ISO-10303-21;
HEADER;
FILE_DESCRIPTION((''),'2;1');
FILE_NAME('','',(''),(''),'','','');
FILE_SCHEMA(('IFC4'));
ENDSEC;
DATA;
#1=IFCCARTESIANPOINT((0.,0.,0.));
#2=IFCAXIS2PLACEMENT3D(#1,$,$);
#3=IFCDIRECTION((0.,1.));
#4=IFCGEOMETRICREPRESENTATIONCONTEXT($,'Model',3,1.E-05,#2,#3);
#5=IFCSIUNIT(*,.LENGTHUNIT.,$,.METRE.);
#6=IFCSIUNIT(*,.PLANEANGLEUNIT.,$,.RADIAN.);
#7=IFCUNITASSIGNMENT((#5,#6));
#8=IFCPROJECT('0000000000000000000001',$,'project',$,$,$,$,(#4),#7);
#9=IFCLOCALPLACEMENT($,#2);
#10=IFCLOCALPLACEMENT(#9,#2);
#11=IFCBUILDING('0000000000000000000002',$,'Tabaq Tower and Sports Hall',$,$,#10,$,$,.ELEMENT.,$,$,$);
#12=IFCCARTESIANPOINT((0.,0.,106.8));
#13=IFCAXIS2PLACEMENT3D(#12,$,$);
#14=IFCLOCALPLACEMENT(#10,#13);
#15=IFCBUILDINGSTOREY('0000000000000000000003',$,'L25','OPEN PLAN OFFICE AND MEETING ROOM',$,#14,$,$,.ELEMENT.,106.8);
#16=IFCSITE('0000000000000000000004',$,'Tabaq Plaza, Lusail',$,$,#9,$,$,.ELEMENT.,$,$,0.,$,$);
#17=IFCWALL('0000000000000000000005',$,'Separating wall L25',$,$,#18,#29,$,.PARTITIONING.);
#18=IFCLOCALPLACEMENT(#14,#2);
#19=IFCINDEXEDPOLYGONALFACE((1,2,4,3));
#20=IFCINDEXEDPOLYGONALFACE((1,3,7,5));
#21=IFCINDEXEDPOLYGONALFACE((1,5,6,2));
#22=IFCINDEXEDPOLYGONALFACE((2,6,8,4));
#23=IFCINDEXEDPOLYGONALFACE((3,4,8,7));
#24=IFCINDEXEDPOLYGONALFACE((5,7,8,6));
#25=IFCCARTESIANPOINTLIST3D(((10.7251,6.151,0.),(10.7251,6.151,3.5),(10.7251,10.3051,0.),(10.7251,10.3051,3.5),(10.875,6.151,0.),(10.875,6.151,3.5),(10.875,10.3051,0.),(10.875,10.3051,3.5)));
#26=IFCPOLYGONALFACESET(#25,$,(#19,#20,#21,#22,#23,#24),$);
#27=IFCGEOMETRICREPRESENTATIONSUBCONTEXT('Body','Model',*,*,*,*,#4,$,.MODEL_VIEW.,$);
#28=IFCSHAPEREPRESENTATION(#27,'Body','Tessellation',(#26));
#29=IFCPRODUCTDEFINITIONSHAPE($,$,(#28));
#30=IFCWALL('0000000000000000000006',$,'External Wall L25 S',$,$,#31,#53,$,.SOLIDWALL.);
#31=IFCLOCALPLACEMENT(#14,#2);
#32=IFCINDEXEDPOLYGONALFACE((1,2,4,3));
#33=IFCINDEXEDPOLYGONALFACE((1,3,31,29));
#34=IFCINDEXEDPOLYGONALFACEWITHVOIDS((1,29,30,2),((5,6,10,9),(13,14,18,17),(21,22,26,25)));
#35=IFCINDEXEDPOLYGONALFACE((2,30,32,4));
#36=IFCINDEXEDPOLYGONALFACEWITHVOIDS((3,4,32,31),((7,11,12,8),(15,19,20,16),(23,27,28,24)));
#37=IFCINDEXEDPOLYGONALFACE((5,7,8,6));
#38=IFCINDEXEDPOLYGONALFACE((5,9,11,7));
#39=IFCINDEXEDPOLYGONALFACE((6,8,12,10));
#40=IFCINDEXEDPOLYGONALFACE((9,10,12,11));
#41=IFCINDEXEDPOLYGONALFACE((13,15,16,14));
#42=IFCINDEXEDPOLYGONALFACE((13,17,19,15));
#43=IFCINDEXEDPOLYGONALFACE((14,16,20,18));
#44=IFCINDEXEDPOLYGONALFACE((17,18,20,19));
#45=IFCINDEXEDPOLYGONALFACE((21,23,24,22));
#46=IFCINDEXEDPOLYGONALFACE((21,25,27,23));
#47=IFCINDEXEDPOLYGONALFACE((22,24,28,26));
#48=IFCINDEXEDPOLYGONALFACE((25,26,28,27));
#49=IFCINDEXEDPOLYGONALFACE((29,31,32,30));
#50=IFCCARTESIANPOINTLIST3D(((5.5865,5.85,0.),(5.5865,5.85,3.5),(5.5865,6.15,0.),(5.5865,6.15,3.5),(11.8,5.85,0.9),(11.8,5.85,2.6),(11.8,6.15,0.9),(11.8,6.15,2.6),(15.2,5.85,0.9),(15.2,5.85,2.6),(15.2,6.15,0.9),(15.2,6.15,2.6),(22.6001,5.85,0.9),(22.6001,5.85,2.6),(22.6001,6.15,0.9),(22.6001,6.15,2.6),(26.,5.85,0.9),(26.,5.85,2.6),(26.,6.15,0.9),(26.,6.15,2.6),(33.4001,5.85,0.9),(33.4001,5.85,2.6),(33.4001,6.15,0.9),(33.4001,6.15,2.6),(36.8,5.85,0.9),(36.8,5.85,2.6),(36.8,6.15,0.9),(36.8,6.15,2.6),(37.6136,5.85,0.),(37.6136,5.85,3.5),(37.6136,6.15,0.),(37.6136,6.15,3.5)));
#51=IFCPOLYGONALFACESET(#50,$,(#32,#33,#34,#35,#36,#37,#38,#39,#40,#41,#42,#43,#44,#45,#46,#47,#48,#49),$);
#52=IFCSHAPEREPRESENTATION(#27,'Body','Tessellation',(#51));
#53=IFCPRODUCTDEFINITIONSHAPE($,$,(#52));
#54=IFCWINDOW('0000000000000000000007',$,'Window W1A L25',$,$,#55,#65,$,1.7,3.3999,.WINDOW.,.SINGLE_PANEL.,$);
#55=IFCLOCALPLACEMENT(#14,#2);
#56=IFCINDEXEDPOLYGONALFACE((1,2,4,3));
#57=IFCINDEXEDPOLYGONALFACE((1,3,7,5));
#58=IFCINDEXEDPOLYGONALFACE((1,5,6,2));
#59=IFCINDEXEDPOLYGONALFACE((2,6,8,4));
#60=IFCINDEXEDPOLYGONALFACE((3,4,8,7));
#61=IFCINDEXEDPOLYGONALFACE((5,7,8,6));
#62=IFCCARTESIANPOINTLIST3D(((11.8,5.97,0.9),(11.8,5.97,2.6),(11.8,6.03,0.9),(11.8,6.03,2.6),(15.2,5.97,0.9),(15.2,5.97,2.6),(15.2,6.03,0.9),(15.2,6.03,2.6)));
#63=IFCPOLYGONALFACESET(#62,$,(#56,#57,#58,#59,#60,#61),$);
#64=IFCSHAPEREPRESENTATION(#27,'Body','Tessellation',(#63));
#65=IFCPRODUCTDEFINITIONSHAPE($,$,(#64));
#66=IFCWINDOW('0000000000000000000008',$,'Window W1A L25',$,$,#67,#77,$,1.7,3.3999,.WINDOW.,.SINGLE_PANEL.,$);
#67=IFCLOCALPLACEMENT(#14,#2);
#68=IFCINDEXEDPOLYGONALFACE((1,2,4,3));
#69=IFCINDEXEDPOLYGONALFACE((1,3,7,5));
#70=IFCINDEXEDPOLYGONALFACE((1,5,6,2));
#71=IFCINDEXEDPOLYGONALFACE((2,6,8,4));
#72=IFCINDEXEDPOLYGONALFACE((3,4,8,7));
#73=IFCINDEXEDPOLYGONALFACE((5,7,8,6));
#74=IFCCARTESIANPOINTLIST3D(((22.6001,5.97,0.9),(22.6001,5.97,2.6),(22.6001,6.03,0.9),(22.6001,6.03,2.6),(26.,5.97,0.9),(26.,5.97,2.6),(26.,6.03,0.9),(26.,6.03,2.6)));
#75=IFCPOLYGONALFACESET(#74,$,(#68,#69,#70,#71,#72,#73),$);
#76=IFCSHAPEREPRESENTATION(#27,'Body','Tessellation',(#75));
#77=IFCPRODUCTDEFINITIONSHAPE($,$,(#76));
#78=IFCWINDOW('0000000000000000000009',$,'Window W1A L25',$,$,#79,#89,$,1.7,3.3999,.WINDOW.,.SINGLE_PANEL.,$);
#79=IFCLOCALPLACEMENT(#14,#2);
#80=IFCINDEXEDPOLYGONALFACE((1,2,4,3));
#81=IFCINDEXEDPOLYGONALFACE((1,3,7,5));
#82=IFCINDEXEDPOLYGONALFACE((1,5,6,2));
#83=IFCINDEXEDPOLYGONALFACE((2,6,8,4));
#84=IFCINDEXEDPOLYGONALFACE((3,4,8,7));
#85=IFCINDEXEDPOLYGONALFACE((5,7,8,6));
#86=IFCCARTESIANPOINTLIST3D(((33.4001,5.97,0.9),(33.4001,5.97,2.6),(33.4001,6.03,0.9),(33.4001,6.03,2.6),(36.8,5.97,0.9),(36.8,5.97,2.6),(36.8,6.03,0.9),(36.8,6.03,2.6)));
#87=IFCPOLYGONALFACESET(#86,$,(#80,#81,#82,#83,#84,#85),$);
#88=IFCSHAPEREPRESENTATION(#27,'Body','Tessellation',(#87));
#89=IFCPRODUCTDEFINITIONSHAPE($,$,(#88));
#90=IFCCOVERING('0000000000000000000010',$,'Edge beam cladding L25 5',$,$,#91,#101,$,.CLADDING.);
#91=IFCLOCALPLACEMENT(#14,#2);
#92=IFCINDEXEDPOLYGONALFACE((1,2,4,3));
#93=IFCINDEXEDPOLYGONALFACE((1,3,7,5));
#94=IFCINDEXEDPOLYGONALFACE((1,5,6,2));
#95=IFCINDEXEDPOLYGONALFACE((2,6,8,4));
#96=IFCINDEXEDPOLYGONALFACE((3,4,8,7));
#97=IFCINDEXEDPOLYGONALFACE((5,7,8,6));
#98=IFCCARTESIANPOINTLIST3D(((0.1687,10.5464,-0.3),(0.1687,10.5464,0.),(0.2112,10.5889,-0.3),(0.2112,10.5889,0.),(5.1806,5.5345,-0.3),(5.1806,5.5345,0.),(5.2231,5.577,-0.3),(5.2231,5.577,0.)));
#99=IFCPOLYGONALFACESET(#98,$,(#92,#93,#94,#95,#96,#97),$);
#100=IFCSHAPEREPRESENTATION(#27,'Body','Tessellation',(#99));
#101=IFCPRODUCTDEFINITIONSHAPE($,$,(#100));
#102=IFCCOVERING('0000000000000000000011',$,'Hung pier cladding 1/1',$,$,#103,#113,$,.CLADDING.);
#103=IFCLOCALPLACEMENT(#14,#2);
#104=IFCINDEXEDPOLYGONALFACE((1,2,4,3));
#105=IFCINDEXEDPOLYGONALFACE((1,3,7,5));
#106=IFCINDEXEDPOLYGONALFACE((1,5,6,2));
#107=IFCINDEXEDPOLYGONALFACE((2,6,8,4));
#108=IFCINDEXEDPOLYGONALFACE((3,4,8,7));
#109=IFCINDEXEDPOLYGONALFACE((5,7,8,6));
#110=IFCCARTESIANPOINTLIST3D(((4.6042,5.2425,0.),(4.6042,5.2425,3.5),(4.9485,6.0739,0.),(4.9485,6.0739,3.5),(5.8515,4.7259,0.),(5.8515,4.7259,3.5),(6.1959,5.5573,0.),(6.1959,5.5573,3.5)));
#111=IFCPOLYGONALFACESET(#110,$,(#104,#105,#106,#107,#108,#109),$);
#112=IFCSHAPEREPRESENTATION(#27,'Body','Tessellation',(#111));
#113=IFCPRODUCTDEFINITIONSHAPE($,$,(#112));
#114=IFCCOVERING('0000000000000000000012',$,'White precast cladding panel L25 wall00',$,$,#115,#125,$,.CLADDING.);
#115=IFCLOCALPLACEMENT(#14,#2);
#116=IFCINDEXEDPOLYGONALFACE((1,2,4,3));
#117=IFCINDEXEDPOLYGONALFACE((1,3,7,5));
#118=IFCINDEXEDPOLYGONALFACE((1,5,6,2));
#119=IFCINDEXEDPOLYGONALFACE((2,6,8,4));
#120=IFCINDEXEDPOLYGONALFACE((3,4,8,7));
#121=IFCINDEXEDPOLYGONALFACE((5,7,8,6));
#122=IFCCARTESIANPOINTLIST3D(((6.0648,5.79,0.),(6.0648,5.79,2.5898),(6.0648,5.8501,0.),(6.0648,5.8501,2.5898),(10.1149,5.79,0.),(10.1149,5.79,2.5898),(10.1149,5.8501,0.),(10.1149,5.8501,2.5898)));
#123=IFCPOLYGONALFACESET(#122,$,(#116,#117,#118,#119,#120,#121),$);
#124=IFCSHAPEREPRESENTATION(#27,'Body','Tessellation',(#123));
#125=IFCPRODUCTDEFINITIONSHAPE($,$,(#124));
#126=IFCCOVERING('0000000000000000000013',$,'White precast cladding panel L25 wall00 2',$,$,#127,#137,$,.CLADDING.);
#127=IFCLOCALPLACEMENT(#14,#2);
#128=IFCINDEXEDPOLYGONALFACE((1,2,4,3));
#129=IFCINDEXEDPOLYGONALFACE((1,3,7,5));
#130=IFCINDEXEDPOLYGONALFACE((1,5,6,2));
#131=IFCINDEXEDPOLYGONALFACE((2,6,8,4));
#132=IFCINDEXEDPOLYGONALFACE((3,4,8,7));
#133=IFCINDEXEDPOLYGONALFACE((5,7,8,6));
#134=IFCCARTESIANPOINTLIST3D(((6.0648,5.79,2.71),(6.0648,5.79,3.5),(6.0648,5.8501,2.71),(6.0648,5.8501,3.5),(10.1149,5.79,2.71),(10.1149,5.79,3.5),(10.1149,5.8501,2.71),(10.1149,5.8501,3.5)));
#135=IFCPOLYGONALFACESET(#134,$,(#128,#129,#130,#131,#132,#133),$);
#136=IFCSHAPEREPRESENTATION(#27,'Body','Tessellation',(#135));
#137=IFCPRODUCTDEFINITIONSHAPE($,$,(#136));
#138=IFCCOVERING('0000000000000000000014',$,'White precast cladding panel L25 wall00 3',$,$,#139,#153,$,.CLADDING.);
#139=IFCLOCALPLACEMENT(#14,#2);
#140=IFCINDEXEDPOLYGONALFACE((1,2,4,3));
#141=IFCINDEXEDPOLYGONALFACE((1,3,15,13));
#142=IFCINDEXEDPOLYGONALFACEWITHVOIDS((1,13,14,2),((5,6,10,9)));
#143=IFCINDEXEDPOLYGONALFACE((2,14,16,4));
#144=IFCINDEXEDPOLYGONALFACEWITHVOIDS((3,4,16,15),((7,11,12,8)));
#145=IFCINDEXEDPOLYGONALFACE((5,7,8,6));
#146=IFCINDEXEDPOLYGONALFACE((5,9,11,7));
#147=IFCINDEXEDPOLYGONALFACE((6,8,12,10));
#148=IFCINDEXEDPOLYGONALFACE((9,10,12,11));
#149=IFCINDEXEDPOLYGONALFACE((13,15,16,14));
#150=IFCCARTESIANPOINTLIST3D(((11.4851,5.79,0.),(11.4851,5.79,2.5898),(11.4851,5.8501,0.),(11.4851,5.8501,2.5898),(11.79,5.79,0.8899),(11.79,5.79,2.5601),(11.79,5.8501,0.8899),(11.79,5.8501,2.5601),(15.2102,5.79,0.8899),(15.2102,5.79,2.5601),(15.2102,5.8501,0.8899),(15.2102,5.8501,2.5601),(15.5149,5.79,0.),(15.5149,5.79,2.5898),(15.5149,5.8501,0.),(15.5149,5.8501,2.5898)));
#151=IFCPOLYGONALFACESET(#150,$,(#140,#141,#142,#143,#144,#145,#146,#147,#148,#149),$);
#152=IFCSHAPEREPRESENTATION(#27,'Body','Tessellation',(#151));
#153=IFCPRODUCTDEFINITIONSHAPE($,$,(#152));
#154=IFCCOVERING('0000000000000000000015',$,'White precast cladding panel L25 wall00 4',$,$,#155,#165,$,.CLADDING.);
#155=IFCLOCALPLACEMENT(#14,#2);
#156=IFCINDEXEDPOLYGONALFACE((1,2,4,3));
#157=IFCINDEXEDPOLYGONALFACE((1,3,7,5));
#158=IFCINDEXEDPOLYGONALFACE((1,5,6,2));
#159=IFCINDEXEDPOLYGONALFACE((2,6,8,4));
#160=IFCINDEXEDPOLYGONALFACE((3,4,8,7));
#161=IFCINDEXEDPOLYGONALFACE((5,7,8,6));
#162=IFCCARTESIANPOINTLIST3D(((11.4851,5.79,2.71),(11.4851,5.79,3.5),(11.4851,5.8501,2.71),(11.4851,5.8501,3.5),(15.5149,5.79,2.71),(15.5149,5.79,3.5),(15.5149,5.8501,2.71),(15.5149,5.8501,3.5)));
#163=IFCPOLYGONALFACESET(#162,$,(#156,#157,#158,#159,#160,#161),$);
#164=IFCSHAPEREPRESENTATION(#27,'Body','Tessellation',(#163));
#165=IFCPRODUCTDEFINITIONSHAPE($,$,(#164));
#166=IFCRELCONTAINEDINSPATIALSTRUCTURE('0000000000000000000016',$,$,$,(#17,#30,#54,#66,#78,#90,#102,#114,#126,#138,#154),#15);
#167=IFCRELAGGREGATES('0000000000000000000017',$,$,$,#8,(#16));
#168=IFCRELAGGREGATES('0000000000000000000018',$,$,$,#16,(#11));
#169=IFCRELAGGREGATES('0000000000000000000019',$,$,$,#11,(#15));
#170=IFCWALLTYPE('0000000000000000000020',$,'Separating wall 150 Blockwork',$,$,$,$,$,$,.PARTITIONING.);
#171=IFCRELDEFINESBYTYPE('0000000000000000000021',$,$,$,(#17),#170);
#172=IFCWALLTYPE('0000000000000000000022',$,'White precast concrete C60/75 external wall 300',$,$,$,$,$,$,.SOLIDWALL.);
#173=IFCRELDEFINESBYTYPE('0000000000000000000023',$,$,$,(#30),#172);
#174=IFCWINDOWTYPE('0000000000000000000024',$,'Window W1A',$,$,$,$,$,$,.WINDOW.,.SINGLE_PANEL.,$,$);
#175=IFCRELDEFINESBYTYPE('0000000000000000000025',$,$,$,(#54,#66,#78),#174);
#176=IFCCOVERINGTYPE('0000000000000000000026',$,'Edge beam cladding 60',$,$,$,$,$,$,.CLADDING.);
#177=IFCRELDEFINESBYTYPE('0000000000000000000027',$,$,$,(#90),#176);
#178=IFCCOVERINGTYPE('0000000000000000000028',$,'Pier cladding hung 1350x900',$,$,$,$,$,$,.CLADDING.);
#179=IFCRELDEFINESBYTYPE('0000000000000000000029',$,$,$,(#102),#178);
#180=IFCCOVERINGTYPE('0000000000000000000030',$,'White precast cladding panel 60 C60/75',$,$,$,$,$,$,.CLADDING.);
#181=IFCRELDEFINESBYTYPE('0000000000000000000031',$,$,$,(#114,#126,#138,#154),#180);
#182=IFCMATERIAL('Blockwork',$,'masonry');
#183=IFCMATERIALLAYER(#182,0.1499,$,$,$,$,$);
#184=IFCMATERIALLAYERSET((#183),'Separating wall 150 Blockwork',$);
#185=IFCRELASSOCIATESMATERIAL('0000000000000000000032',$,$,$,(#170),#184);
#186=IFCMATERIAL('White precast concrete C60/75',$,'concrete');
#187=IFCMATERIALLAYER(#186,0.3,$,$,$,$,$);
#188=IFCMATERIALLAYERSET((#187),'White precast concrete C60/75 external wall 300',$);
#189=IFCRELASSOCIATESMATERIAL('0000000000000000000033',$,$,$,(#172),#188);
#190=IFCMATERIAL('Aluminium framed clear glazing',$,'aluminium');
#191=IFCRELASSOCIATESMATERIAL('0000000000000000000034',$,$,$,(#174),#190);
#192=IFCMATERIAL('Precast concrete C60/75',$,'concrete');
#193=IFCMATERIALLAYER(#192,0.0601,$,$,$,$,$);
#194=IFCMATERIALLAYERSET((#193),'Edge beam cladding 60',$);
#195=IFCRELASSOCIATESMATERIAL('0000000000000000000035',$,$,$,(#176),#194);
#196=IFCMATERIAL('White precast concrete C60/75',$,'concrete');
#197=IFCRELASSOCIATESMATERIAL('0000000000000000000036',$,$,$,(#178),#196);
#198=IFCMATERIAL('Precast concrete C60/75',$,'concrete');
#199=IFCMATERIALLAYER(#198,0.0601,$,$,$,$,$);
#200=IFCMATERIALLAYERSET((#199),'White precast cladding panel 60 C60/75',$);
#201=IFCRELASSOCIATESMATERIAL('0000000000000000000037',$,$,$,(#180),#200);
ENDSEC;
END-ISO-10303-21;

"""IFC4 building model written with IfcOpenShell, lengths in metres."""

from ifc_helpers import new_model, si_unit, direction, frame, frame_2d, origin, place, context, subcontext, project, spatial, polyline, rectangle, outline, extrude, material, layer, layer_set, type_object, element, fill, save


model = new_model("IFC4")

# Units and contexts
model_context = context("Model", 3, precision=1e-05, world=origin(), true_north=direction((0.0, 1.0)))
body_context = subcontext(model_context, "Body", "Model", "MODEL_VIEW")
ifc_project = project(units=[si_unit("LENGTHUNIT", "METRE"), si_unit("PLANEANGLEUNIT", "RADIAN")], contexts=[model_context])

# Site, building, storey
site_placement = place(None, origin())
site = spatial("IfcSite", under=ifc_project, at=site_placement, Name="Tabaq Plaza, Lusail", CompositionType="ELEMENT", RefElevation=0.0)
building_placement = place(site_placement, origin())
building = spatial("IfcBuilding", under=site, at=building_placement, Name="Tabaq Tower and Sports Hall", CompositionType="ELEMENT")
storey_placement = place(building_placement, frame((0.0, 0.0, 106.8)))
storey = spatial("IfcBuildingStorey", under=building, at=storey_placement, Name="L25", Description="OPEN PLAN OFFICE AND MEETING ROOM", CompositionType="ELEMENT", Elevation=106.8)

# Wall
ifc_material_1 = material(Name="Blockwork", Category="masonry")
ifc_layer_1 = layer(ifc_material_1, 0.1499)
ifc_layer_set_1 = layer_set([ifc_layer_1], Name="Separating wall 150 Blockwork")
wall_type_1 = type_object("IfcWallType", Name="Separating wall 150 Blockwork", PredefinedType="PARTITIONING", material=ifc_layer_set_1)
wall_1_placement = place(storey_placement, frame((10.8, 6.1509, 0.0), z_axis=(0.0, 0.0, 1.0), x_axis=(0.0, 1.0, 0.0)))
element("IfcWall", 1, at=wall_1_placement, inside=storey, type_object=wall_type_1, Name="Separating wall L25", PredefinedType="PARTITIONING", context=body_context, shape_type="SweptSolid", body=[
    extrude(rectangle(XDim=4.1541, YDim=0.1499, at=frame_2d((2.0771, 0.0))), origin(), (0.0, 0.0, 1.0), 3.5),
])

# Wall, openings, windows
ifc_material_2 = material(Name="White precast concrete C60/75", Category="concrete")
ifc_layer_2 = layer(ifc_material_2, 0.3)
ifc_layer_set_2 = layer_set([ifc_layer_2], Name="White precast concrete C60/75 external wall 300")
wall_type_2 = type_object("IfcWallType", Name="White precast concrete C60/75 external wall 300", PredefinedType="SOLIDWALL", material=ifc_layer_set_2)
wall_2_placement = place(storey_placement, frame((5.5864, 6.0, 0.0), z_axis=(0.0, 0.0, 1.0), x_axis=(1.0, 0.0, 0.0)))
wall_2 = element("IfcWall", 2, at=wall_2_placement, inside=storey, type_object=wall_type_2, Name="External Wall L25 S", PredefinedType="SOLIDWALL", context=body_context, shape_type="SweptSolid", body=[
    extrude(rectangle(XDim=32.0271, YDim=0.3, at=frame_2d((16.0137, 0.0))), origin(), (0.0, 0.0, 1.0), 3.5),
])
opening_1_placement = place(wall_2_placement, frame((6.2136, 0.0, 0.8999)))
opening_1 = element("IfcOpeningElement", 3, at=opening_1_placement, cuts=wall_2, PredefinedType="OPENING", context=body_context, shape_type="SweptSolid", body=[
    extrude(rectangle(XDim=3.3999, YDim=1.7, at=frame_2d((1.7, 0.8501))), frame((0.0, 0.1602, 0.0), z_axis=(0.0, -1.0, 0.0), x_axis=(1.0, 0.0, 0.0)), (0.0, 0.0, 1.0), 0.3201),
])
opening_2_placement = place(wall_2_placement, frame((17.0137, 0.0, 0.8999)))
opening_2 = element("IfcOpeningElement", 4, at=opening_2_placement, cuts=wall_2, PredefinedType="OPENING", context=body_context, shape_type="SweptSolid", body=[
    extrude(rectangle(XDim=3.3999, YDim=1.7, at=frame_2d((1.7, 0.8501))), frame((0.0, 0.1602, 0.0), z_axis=(0.0, -1.0, 0.0), x_axis=(1.0, 0.0, 0.0)), (0.0, 0.0, 1.0), 0.3201),
])
opening_3_placement = place(wall_2_placement, frame((27.8137, 0.0, 0.8999)))
opening_3 = element("IfcOpeningElement", 5, at=opening_3_placement, cuts=wall_2, PredefinedType="OPENING", context=body_context, shape_type="SweptSolid", body=[
    extrude(rectangle(XDim=3.3999, YDim=1.7, at=frame_2d((1.7, 0.8501))), frame((0.0, 0.1602, 0.0), z_axis=(0.0, -1.0, 0.0), x_axis=(1.0, 0.0, 0.0)), (0.0, 0.0, 1.0), 0.3201),
])
ifc_material_3 = material(Name="Aluminium framed clear glazing", Category="aluminium")
window_type = type_object("IfcWindowType", Name="Window W1A", PartitioningType="SINGLE_PANEL", PredefinedType="WINDOW", material=ifc_material_3)
window_1_placement = place(opening_1_placement, origin())
window_1 = element("IfcWindow", 6, at=window_1_placement, inside=storey, type_object=window_type, Name="Window W1A L25", OverallHeight=1.7, OverallWidth=3.3999, PartitioningType="SINGLE_PANEL", PredefinedType="WINDOW", context=body_context, shape_type="SweptSolid", body=[
    extrude(rectangle(XDim=3.3999, YDim=1.7, at=frame_2d((1.7, 0.8501))), frame((0.0, 0.03, 0.0), z_axis=(0.0, -1.0, 0.0), x_axis=(1.0, 0.0, 0.0)), (0.0, 0.0, 1.0), 0.0601),
])
fill(opening_1, window_1)
window_2_placement = place(opening_2_placement, origin())
window_2 = element("IfcWindow", 7, at=window_2_placement, inside=storey, type_object=window_type, Name="Window W1A L25", OverallHeight=1.7, OverallWidth=3.3999, PartitioningType="SINGLE_PANEL", PredefinedType="WINDOW", context=body_context, shape_type="SweptSolid", body=[
    extrude(rectangle(XDim=3.3999, YDim=1.7, at=frame_2d((1.7, 0.8501))), frame((0.0, 0.03, 0.0), z_axis=(0.0, -1.0, 0.0), x_axis=(1.0, 0.0, 0.0)), (0.0, 0.0, 1.0), 0.0601),
])
fill(opening_2, window_2)
window_3_placement = place(opening_3_placement, origin())
window_3 = element("IfcWindow", 8, at=window_3_placement, inside=storey, type_object=window_type, Name="Window W1A L25", OverallHeight=1.7, OverallWidth=3.3999, PartitioningType="SINGLE_PANEL", PredefinedType="WINDOW", context=body_context, shape_type="SweptSolid", body=[
    extrude(rectangle(XDim=3.3999, YDim=1.7, at=frame_2d((1.7, 0.8501))), frame((0.0, 0.03, 0.0), z_axis=(0.0, -1.0, 0.0), x_axis=(1.0, 0.0, 0.0)), (0.0, 0.0, 1.0), 0.0601),
])
fill(opening_3, window_3)

# Coverings
ifc_material_4 = material(Name="Precast concrete C60/75", Category="concrete")
ifc_layer_3 = layer(ifc_material_4, 0.0601)
ifc_layer_set_3 = layer_set([ifc_layer_3], Name="Edge beam cladding 60")
covering_type_1 = type_object("IfcCoveringType", Name="Edge beam cladding 60", PredefinedType="CLADDING", material=ifc_layer_set_3)
covering_1_placement = place(storey_placement, frame((0.1899, 10.5676, -0.3), z_axis=(0.0, 0.0, 1.0), x_axis=(0.707107, -0.707107, 0.0)))
element("IfcCovering", 9, at=covering_1_placement, inside=storey, type_object=covering_type_1, Name="Edge beam cladding L25 5", PredefinedType="CLADDING", context=body_context, shape_type="SweptSolid", body=[
    extrude(rectangle(XDim=7.0879, YDim=0.0601, at=frame_2d((3.5439, 0.0))), origin(), (0.0, 0.0, 1.0), 0.3),
])
ifc_material_5 = material(Name="White precast concrete C60/75", Category="concrete")
covering_type_2 = type_object("IfcCoveringType", Name="Pier cladding hung 1350x900", PredefinedType="CLADDING", material=ifc_material_5)
covering_2_placement = place(storey_placement, frame((4.7764, 5.6582, 0.0), z_axis=(0.0, 0.0, 1.0), x_axis=(0.923893, -0.38265, 0.0)))
element("IfcCovering", 10, at=covering_2_placement, inside=storey, type_object=covering_type_2, Name="Hung pier cladding 1/1", PredefinedType="CLADDING", context=body_context, shape_type="SweptSolid", body=[
    extrude(rectangle(XDim=1.3501, YDim=0.8999, at=frame_2d((0.675, 0.0))), origin(), (0.0, 0.0, 1.0), 3.5),
])
ifc_material_6 = material(Name="Precast concrete C60/75", Category="concrete")
ifc_layer_4 = layer(ifc_material_6, 0.0601)
ifc_layer_set_4 = layer_set([ifc_layer_4], Name="White precast cladding panel 60 C60/75")
covering_type_3 = type_object("IfcCoveringType", Name="White precast cladding panel 60 C60/75", PredefinedType="CLADDING", material=ifc_layer_set_4)
covering_3_placement = place(storey_placement, frame((6.0649, 5.8201, 0.0), z_axis=(0.0, 0.0, 1.0), x_axis=(1.0, 0.0, 0.0)))
element("IfcCovering", 11, at=covering_3_placement, inside=storey, type_object=covering_type_3, Name="White precast cladding panel L25 wall00", PredefinedType="CLADDING", context=body_context, shape_type="SweptSolid", body=[
    extrude(rectangle(XDim=4.05, YDim=0.0601, at=frame_2d((2.0249, 0.0))), origin(), (0.0, 0.0, 1.0), 2.5898),
])
covering_4_placement = place(storey_placement, frame((6.0649, 5.8201, 2.71), z_axis=(0.0, 0.0, 1.0), x_axis=(1.0, 0.0, 0.0)))
element("IfcCovering", 12, at=covering_4_placement, inside=storey, type_object=covering_type_3, Name="White precast cladding panel L25 wall00 2", PredefinedType="CLADDING", context=body_context, shape_type="SweptSolid", body=[
    extrude(rectangle(XDim=4.05, YDim=0.0601, at=frame_2d((2.0249, 0.0))), origin(), (0.0, 0.0, 1.0), 0.79),
])
covering_5_placement = place(storey_placement, frame((11.4851, 5.8201, 0.0), z_axis=(0.0, 0.0, 1.0), x_axis=(1.0, 0.0, 0.0)))
element("IfcCovering", 13, at=covering_5_placement, inside=storey, type_object=covering_type_3, Name="White precast cladding panel L25 wall00 3", PredefinedType="CLADDING", context=body_context, shape_type="SweptSolid", body=[
    extrude(outline(polyline([(0.0, 0.0), (4.0298, 0.0), (4.0298, 2.5898), (0.0, 2.5898), (0.0, 0.0)]), holes=[polyline([(3.7251, 0.8899), (0.3049, 0.8899), (0.3049, 2.5601), (3.7251, 2.5601), (3.7251, 0.8899)])]), frame((0.0, 0.03, 0.0), z_axis=(0.0, -1.0, 0.0), x_axis=(1.0, 0.0, 0.0)), (0.0, 0.0, 1.0), 0.0601),
])
covering_6_placement = place(storey_placement, frame((11.4851, 5.8201, 2.71), z_axis=(0.0, 0.0, 1.0), x_axis=(1.0, 0.0, 0.0)))
element("IfcCovering", 14, at=covering_6_placement, inside=storey, type_object=covering_type_3, Name="White precast cladding panel L25 wall00 4", PredefinedType="CLADDING", context=body_context, shape_type="SweptSolid", body=[
    extrude(rectangle(XDim=4.0298, YDim=0.0601, at=frame_2d((2.0149, 0.0))), origin(), (0.0, 0.0, 1.0), 0.79),
])

save(model, "model.ifc")
